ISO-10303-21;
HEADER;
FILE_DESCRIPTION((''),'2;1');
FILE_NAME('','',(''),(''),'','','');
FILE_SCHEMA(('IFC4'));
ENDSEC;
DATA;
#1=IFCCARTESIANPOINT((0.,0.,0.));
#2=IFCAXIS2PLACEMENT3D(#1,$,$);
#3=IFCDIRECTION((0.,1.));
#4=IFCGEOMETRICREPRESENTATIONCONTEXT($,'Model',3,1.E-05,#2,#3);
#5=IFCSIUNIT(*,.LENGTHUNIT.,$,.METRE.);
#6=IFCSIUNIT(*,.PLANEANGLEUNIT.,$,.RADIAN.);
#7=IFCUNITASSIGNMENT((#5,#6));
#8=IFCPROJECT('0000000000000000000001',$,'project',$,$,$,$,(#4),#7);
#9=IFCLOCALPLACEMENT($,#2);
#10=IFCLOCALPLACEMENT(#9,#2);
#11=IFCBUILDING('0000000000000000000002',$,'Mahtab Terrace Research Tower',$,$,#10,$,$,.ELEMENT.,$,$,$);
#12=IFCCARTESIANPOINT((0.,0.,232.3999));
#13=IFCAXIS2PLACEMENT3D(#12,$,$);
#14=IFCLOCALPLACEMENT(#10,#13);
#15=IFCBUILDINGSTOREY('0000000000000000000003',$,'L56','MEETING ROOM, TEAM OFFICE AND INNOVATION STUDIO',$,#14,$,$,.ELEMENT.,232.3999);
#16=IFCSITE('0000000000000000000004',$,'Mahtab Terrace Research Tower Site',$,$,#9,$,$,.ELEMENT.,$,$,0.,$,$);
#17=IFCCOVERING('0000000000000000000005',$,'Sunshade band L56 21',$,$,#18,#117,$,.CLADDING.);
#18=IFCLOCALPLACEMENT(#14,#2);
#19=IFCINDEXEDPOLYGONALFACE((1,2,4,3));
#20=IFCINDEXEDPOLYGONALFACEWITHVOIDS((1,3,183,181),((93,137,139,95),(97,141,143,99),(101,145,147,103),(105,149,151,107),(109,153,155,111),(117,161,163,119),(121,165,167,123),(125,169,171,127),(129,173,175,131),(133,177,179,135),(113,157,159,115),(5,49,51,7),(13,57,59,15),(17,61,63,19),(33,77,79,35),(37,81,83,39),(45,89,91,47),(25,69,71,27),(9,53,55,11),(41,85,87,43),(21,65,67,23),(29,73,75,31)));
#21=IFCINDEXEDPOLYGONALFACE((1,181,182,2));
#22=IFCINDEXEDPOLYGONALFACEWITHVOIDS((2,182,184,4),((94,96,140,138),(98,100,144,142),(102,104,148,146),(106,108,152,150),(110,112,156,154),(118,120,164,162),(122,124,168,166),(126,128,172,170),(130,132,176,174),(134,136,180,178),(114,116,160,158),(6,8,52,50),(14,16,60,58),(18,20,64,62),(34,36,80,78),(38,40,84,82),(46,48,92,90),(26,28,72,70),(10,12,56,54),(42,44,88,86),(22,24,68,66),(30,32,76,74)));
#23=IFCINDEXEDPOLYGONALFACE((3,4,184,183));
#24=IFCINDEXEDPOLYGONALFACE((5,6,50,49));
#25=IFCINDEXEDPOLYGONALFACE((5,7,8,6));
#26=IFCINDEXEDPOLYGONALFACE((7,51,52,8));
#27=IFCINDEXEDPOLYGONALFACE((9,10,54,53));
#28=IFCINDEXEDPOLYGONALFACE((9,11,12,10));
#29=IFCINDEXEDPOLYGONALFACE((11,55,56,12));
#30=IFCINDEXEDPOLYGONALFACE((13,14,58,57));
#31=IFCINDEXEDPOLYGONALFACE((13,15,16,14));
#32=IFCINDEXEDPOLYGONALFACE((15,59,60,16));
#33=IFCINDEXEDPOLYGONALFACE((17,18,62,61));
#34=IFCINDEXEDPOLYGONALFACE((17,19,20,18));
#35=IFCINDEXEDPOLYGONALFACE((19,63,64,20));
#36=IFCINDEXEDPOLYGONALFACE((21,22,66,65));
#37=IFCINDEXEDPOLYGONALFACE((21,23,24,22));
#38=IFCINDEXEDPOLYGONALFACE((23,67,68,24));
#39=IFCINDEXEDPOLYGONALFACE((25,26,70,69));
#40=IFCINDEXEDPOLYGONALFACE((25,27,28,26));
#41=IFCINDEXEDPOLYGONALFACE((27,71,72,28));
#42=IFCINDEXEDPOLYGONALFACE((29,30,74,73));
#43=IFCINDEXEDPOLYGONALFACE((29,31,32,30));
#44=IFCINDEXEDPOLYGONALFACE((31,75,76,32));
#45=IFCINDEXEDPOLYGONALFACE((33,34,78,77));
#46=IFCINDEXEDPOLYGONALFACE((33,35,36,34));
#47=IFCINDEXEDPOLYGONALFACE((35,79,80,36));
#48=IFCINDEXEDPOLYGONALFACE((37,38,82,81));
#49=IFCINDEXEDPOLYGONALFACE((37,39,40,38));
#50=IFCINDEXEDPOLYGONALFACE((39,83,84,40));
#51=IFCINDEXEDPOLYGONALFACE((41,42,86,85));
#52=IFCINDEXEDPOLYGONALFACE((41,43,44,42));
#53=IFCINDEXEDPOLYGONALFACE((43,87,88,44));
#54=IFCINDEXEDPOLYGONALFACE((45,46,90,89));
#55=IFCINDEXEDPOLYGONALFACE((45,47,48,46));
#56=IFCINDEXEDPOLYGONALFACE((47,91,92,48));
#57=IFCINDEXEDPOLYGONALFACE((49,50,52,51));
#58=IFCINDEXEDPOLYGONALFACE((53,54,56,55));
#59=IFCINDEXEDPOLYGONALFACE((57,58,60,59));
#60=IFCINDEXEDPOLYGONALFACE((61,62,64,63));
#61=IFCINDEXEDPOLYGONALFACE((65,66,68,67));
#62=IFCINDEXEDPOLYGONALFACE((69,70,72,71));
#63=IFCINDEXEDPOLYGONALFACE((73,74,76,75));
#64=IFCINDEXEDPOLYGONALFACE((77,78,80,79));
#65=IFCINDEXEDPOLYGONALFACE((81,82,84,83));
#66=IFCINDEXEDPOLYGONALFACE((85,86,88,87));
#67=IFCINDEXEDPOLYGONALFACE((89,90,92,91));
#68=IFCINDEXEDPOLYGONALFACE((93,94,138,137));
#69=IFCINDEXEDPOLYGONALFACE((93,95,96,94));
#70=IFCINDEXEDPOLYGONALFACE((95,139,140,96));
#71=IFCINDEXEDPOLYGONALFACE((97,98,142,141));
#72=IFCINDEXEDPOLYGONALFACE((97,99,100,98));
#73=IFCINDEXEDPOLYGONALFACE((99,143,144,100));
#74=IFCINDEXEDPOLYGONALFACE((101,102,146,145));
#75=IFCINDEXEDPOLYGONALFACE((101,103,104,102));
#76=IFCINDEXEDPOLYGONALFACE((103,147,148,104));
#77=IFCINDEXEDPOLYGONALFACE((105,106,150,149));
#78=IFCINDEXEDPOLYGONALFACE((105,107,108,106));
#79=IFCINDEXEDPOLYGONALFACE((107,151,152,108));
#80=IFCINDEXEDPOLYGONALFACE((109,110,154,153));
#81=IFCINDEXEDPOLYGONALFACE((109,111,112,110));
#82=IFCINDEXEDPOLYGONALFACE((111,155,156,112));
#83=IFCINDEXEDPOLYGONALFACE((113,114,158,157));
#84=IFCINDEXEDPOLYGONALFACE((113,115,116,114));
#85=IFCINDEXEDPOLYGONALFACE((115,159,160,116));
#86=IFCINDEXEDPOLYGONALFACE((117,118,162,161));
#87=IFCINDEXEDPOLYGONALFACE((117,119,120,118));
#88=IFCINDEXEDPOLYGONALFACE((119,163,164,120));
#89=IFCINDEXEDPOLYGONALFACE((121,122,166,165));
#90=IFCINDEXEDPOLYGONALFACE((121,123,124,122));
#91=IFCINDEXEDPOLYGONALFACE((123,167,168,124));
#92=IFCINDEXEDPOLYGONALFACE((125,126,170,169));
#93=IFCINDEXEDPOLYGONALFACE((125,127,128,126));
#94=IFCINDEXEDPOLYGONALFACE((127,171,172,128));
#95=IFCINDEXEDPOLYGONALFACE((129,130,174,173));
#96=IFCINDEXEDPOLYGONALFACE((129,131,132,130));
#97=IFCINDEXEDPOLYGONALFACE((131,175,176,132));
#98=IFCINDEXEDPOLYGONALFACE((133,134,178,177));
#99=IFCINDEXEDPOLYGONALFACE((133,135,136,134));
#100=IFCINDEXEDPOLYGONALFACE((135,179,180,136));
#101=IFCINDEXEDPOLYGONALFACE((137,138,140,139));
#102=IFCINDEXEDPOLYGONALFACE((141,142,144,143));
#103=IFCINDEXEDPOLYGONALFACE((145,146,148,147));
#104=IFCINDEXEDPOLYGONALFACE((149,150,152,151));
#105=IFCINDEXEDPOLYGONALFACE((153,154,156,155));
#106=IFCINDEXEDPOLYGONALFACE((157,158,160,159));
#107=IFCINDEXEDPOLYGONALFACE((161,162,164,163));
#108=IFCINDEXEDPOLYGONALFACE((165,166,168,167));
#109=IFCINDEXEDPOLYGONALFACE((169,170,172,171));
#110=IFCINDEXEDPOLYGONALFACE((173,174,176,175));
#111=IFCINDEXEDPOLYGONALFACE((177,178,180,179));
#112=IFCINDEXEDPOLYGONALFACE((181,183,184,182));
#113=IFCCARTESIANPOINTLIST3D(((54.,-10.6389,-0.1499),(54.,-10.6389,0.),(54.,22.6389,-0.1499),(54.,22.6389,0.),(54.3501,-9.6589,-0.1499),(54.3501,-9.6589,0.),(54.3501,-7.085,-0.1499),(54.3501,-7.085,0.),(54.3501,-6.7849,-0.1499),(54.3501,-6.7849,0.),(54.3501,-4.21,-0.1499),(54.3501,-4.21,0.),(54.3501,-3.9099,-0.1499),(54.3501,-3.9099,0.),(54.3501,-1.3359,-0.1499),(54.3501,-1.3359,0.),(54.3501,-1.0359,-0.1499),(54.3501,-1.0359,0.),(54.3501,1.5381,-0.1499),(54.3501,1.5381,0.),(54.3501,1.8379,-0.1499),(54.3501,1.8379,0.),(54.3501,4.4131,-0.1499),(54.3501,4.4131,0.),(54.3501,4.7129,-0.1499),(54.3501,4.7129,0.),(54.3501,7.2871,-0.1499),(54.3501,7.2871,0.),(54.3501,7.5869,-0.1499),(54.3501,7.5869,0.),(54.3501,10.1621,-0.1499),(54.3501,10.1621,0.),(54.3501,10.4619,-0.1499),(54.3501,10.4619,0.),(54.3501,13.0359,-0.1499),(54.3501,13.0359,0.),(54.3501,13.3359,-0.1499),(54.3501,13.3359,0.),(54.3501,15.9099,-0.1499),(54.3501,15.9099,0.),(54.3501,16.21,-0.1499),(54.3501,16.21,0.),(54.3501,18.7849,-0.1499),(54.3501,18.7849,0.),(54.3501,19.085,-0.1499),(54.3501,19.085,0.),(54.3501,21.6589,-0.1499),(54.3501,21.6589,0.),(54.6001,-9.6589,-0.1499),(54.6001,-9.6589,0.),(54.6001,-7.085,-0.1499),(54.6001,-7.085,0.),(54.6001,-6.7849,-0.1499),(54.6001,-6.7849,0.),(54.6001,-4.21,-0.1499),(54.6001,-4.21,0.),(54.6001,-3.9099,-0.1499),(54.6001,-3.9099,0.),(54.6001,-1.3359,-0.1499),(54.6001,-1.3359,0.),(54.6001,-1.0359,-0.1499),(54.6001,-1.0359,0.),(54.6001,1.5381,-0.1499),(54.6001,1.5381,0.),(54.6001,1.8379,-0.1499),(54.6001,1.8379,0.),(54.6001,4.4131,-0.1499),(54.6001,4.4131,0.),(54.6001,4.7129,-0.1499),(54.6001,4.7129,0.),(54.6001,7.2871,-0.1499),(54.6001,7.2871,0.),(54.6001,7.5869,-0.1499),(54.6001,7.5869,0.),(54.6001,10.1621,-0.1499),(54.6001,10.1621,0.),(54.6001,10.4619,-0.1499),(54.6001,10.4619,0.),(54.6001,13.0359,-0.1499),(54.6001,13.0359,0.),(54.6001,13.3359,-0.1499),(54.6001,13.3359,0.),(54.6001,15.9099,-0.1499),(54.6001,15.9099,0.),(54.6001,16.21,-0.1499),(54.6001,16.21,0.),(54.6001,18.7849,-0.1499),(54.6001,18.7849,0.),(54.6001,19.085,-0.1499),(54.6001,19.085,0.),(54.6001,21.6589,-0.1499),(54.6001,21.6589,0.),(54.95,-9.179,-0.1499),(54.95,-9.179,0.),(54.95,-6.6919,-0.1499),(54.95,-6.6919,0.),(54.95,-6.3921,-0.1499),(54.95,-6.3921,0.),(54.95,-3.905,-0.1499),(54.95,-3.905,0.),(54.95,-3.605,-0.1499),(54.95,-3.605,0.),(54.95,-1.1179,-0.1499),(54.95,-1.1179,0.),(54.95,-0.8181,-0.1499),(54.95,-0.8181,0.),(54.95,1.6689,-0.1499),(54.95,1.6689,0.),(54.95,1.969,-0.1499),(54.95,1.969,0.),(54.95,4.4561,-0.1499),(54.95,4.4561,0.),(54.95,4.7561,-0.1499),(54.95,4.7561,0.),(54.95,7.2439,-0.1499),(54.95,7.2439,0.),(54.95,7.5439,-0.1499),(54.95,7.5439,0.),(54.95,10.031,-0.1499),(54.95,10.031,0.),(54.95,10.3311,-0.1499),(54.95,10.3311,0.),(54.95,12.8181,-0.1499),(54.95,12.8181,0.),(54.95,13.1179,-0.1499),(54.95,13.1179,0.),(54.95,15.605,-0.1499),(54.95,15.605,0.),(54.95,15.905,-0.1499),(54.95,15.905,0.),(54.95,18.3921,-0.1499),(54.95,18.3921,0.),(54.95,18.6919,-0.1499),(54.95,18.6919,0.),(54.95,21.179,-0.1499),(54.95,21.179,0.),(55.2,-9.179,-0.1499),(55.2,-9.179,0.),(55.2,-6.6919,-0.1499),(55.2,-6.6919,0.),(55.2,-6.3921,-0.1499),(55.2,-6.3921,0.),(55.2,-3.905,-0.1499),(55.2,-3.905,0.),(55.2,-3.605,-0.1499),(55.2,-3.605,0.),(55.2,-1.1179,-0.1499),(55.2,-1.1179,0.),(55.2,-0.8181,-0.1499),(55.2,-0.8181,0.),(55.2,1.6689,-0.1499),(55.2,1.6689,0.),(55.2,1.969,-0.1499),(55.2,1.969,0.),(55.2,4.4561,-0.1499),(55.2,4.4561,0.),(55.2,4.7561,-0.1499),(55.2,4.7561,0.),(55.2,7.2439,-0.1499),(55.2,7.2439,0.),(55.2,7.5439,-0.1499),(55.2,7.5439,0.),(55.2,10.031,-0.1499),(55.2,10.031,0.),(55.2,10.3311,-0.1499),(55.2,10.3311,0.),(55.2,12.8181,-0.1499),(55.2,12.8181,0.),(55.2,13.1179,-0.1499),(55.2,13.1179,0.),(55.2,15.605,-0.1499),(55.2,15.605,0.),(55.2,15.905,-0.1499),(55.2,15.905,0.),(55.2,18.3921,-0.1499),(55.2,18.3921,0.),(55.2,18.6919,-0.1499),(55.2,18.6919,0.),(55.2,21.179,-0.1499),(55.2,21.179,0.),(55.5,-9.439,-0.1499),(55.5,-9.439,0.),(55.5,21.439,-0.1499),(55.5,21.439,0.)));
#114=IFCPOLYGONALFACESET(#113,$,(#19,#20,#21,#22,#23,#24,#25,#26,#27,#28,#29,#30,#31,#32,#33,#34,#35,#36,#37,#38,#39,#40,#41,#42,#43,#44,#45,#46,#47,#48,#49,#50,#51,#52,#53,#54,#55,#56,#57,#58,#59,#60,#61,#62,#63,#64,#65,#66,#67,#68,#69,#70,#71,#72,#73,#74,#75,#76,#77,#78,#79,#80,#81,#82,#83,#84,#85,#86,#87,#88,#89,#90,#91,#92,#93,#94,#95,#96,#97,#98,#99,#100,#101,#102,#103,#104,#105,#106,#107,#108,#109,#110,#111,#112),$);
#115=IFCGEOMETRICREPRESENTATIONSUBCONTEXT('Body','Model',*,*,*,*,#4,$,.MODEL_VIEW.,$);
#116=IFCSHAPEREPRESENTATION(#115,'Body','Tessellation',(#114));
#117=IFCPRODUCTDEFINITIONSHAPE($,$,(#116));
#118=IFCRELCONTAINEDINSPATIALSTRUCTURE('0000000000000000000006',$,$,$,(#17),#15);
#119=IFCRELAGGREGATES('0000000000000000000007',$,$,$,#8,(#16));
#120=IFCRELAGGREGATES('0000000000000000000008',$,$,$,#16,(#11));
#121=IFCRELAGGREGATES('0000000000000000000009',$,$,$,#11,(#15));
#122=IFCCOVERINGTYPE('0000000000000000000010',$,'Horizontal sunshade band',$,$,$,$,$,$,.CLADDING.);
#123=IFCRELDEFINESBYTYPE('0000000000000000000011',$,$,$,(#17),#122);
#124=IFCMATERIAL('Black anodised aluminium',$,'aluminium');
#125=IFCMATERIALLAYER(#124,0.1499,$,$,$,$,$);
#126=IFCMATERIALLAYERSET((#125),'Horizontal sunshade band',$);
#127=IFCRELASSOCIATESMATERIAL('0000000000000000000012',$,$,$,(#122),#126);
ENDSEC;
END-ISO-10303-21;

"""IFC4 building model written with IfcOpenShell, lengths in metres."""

from ifc_helpers import new_model, si_unit, direction, frame, origin, place, context, subcontext, project, spatial, polyline, outline, extrude, material, layer, layer_set, type_object, element, save


model = new_model("IFC4")

# Units and contexts
model_context = context("Model", 3, precision=1e-05, world=origin(), true_north=direction((0.0, 1.0)))
body_context = subcontext(model_context, "Body", "Model", "MODEL_VIEW")
ifc_project = project(units=[si_unit("LENGTHUNIT", "METRE"), si_unit("PLANEANGLEUNIT", "RADIAN")], contexts=[model_context])

# Site, building, storey
site_placement = place(None, origin())
site = spatial("IfcSite", under=ifc_project, at=site_placement, Name="Mahtab Terrace Research Tower Site", CompositionType="ELEMENT", RefElevation=0.0)
building_placement = place(site_placement, origin())
building = spatial("IfcBuilding", under=site, at=building_placement, Name="Mahtab Terrace Research Tower", CompositionType="ELEMENT")
storey_placement = place(building_placement, frame((0.0, 0.0, 232.3999)))
storey = spatial("IfcBuildingStorey", under=building, at=storey_placement, Name="L56", Description="MEETING ROOM, TEAM OFFICE AND INNOVATION STUDIO", CompositionType="ELEMENT", Elevation=232.3999)

# Covering
ifc_material_1 = material(Name="Black anodised aluminium", Category="aluminium")
ifc_layer_1 = layer(ifc_material_1, 0.1499)
ifc_layer_set_1 = layer_set([ifc_layer_1], Name="Horizontal sunshade band")
covering_type_1 = type_object("IfcCoveringType", Name="Horizontal sunshade band", PredefinedType="CLADDING", material=ifc_layer_set_1)
covering_1_placement = place(storey_placement, frame((0.0, 0.0, -0.1499)))
element("IfcCovering", 1, at=covering_1_placement, inside=storey, type_object=covering_type_1, Name="Sunshade band L56 21", PredefinedType="CLADDING", context=body_context, shape_type="SweptSolid", body=[
    extrude(outline(polyline([(54.0, -10.6389), (54.0, 22.6389), (55.5, 21.439), (55.5, -9.439), (54.0, -10.6389)]), holes=[polyline([(54.3501, -9.6589), (54.3501, -7.085), (54.6001, -7.085), (54.6001, -9.6589), (54.3501, -9.6589)]), polyline([(54.3501, -6.7849), (54.3501, -4.21), (54.6001, -4.21), (54.6001, -6.7849), (54.3501, -6.7849)]), polyline([(54.3501, -3.9099), (54.3501, -1.3359), (54.6001, -1.3359), (54.6001, -3.9099), (54.3501, -3.9099)]), polyline([(54.3501, -1.0359), (54.3501, 1.5381), (54.6001, 1.5381), (54.6001, -1.0359), (54.3501, -1.0359)]), polyline([(54.3501, 1.8379), (54.3501, 4.4131), (54.6001, 4.4131), (54.6001, 1.8379), (54.3501, 1.8379)]), polyline([(54.3501, 4.7129), (54.3501, 7.2871), (54.6001, 7.2871), (54.6001, 4.7129), (54.3501, 4.7129)]), polyline([(54.3501, 7.5869), (54.3501, 10.1621), (54.6001, 10.1621), (54.6001, 7.5869), (54.3501, 7.5869)]), polyline([(54.3501, 10.4619), (54.3501, 13.0359), (54.6001, 13.0359), (54.6001, 10.4619), (54.3501, 10.4619)]), polyline([(54.3501, 13.3359), (54.3501, 15.9099), (54.6001, 15.9099), (54.6001, 13.3359), (54.3501, 13.3359)]), polyline([(54.3501, 16.21), (54.3501, 18.7849), (54.6001, 18.7849), (54.6001, 16.21), (54.3501, 16.21)]), polyline([(54.3501, 19.085), (54.3501, 21.6589), (54.6001, 21.6589), (54.6001, 19.085), (54.3501, 19.085)]), polyline([(54.95, -9.179), (54.95, -6.6919), (55.2, -6.6919), (55.2, -9.179), (54.95, -9.179)]), polyline([(54.95, -6.3921), (54.95, -3.905), (55.2, -3.905), (55.2, -6.3921), (54.95, -6.3921)]), polyline([(54.95, -3.605), (54.95, -1.1179), (55.2, -1.1179), (55.2, -3.605), (54.95, -3.605)]), polyline([(54.95, -0.8181), (54.95, 1.6689), (55.2, 1.6689), (55.2, -0.8181), (54.95, -0.8181)]), polyline([(54.95, 1.969), (54.95, 4.4561), (55.2, 4.4561), (55.2, 1.969), (54.95, 1.969)]), polyline([(54.95, 4.7561), (54.95, 7.2439), (55.2, 7.2439), (55.2, 4.7561), (54.95, 4.7561)]), polyline([(54.95, 7.5439), (54.95, 10.031), (55.2, 10.031), (55.2, 7.5439), (54.95, 7.5439)]), polyline([(54.95, 10.3311), (54.95, 12.8181), (55.2, 12.8181), (55.2, 10.3311), (54.95, 10.3311)]), polyline([(54.95, 13.1179), (54.95, 15.605), (55.2, 15.605), (55.2, 13.1179), (54.95, 13.1179)]), polyline([(54.95, 15.905), (54.95, 18.3921), (55.2, 18.3921), (55.2, 15.905), (54.95, 15.905)]), polyline([(54.95, 18.6919), (54.95, 21.179), (55.2, 21.179), (55.2, 18.6919), (54.95, 18.6919)])]), origin(), (0.0, 0.0, 1.0), 0.1499),
])

save(model, "model.ifc")
